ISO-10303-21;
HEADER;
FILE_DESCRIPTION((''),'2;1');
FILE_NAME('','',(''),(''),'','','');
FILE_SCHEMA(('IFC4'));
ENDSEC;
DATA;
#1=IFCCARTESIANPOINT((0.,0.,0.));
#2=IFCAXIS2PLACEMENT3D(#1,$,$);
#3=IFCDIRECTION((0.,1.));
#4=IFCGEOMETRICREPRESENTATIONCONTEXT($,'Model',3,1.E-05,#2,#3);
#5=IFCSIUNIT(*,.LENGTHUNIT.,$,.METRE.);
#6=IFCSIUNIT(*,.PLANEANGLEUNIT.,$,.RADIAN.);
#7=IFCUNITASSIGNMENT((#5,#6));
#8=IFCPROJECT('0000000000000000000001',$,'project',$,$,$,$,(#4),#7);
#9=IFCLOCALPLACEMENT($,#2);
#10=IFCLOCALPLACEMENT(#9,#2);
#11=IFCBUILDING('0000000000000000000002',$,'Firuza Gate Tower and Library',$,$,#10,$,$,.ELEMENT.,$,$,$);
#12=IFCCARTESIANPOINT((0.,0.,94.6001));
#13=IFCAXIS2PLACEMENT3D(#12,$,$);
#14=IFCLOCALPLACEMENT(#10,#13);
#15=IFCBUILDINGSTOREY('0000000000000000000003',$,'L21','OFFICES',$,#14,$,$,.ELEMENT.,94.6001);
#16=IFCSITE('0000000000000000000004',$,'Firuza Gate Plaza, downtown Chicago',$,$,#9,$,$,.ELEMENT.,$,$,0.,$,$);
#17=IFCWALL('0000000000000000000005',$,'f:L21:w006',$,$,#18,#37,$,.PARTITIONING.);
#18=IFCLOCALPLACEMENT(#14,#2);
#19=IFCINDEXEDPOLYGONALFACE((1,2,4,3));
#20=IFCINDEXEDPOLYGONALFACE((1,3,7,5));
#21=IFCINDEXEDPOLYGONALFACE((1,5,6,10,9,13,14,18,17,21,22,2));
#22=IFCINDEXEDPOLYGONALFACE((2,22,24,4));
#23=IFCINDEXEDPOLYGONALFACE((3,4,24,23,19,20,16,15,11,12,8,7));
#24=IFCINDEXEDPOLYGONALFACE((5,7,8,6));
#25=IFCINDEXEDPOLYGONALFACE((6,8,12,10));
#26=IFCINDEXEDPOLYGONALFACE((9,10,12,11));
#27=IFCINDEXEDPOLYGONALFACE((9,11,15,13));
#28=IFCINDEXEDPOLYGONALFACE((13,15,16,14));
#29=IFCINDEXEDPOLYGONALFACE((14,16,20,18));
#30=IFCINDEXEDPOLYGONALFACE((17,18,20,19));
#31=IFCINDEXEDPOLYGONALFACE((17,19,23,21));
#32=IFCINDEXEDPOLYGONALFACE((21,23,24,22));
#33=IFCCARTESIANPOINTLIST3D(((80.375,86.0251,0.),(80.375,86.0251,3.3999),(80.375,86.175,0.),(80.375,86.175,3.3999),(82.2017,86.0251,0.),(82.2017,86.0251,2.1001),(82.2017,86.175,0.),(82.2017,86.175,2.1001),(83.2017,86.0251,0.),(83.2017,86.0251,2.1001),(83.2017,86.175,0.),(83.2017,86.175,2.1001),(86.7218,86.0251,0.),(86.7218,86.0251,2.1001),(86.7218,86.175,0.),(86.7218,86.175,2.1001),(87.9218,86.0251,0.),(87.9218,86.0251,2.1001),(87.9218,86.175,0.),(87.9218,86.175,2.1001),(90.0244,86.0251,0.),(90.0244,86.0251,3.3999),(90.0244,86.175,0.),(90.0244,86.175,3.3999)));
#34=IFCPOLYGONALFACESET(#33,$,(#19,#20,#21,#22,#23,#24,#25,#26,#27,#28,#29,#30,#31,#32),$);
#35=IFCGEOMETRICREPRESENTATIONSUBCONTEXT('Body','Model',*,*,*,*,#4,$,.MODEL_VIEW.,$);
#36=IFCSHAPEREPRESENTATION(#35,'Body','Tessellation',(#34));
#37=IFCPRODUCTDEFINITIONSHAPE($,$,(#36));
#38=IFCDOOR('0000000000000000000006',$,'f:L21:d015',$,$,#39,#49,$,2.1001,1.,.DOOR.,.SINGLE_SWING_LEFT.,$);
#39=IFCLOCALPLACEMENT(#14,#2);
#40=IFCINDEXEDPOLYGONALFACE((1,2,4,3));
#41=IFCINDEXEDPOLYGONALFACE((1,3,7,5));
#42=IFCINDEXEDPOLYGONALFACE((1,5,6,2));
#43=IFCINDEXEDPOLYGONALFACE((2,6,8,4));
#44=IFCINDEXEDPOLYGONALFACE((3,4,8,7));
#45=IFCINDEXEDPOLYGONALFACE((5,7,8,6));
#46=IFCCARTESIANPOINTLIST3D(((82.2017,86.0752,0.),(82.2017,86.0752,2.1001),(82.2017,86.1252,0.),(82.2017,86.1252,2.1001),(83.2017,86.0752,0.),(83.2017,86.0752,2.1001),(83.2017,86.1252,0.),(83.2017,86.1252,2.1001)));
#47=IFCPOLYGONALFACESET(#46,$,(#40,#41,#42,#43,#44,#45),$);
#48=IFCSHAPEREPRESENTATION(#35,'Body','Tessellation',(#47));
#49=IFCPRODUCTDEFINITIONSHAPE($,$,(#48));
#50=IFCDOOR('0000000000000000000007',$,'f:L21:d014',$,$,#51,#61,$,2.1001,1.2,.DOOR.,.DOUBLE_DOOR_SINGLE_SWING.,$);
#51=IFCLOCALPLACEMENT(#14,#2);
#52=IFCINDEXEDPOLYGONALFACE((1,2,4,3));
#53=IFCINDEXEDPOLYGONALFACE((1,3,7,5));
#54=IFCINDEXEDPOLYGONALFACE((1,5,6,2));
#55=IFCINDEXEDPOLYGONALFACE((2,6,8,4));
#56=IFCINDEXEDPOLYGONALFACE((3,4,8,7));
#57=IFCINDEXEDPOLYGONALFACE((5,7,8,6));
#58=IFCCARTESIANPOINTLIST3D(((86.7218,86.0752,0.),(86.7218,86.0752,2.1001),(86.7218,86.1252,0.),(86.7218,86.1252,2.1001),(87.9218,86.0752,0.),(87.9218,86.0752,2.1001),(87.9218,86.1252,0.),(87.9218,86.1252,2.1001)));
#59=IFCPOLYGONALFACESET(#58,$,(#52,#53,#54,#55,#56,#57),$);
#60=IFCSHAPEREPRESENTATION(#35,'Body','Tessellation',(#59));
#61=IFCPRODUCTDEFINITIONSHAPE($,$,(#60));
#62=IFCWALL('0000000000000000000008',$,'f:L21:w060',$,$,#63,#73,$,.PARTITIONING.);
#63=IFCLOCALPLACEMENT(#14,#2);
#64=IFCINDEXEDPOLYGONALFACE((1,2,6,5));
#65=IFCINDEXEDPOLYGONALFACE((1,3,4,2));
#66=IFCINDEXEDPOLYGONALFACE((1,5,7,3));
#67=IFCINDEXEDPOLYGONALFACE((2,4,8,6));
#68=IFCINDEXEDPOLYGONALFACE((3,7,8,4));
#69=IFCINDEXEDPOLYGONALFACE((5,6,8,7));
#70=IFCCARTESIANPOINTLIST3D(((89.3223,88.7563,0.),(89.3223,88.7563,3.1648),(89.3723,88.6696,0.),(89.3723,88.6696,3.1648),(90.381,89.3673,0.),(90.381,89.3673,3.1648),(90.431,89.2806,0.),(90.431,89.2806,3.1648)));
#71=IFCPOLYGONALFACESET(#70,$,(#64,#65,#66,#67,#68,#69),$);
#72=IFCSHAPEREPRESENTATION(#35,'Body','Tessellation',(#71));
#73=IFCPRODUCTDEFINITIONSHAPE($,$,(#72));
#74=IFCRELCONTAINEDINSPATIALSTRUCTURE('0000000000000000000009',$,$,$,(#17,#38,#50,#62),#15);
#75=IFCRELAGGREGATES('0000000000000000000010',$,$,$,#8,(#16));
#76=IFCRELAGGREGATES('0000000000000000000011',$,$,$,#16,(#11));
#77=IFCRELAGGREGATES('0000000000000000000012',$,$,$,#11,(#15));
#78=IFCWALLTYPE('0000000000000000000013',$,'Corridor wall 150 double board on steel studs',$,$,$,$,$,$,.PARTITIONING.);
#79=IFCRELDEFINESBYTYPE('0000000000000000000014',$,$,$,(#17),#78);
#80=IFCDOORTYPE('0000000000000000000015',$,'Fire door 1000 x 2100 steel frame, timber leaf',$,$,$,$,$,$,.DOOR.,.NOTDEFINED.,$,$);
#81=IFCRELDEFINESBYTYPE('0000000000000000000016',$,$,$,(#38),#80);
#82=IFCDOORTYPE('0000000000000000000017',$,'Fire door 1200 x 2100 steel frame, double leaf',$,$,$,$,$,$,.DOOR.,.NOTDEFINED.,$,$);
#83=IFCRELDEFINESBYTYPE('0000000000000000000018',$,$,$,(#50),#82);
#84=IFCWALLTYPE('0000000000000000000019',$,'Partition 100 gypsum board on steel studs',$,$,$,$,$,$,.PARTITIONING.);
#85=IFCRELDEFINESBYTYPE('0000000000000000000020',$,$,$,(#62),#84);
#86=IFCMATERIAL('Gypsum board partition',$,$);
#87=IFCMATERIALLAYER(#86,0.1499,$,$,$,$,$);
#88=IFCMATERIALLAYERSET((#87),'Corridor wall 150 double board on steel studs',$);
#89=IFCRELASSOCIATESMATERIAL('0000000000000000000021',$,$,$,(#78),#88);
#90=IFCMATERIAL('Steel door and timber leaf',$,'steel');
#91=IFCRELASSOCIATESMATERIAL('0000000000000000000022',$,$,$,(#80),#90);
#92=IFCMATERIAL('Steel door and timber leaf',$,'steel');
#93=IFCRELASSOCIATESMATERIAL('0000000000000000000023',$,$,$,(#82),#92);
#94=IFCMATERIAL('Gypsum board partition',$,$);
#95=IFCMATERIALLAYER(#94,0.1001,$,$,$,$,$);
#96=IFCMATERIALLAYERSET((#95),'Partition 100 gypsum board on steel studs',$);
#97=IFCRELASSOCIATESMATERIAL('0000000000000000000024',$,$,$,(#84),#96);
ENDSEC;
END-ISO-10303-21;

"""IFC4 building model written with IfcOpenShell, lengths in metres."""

from ifc_helpers import new_model, si_unit, direction, frame, frame_2d, origin, place, context, subcontext, project, spatial, rectangle, extrude, material, layer, layer_set, type_object, element, fill, save


model = new_model("IFC4")

# Units and contexts
model_context = context("Model", 3, precision=1e-05, world=origin(), true_north=direction((0.0, 1.0)))
body_context = subcontext(model_context, "Body", "Model", "MODEL_VIEW")
ifc_project = project(units=[si_unit("LENGTHUNIT", "METRE"), si_unit("PLANEANGLEUNIT", "RADIAN")], contexts=[model_context])

# Site, building, storey
site_placement = place(None, origin())
site = spatial("IfcSite", under=ifc_project, at=site_placement, Name="Firuza Gate Plaza, downtown Chicago", CompositionType="ELEMENT", RefElevation=0.0)
building_placement = place(site_placement, origin())
building = spatial("IfcBuilding", under=site, at=building_placement, Name="Firuza Gate Tower and Library", CompositionType="ELEMENT")
storey_placement = place(building_placement, frame((0.0, 0.0, 94.6001)))
storey = spatial("IfcBuildingStorey", under=building, at=storey_placement, Name="L21", Description="OFFICES", CompositionType="ELEMENT", Elevation=94.6001)

# Wall, openings, doors
ifc_material_1 = material(Name="Gypsum board partition")
ifc_layer_1 = layer(ifc_material_1, 0.1499)
ifc_layer_set_1 = layer_set([ifc_layer_1], Name="Corridor wall 150 double board on steel studs")
wall_type_1 = type_object("IfcWallType", Name="Corridor wall 150 double board on steel studs", PredefinedType="PARTITIONING", material=ifc_layer_set_1)
wall_1_placement = place(storey_placement, frame((90.0244, 86.1001, 0.0), z_axis=(0.0, 0.0, 1.0), x_axis=(-1.0, 0.0, 0.0)))
wall_1 = element("IfcWall", 1, at=wall_1_placement, inside=storey, type_object=wall_type_1, Name="f:L21:w006", PredefinedType="PARTITIONING", context=body_context, shape_type="SweptSolid", body=[
    extrude(rectangle(XDim=9.6494, YDim=0.1499, at=frame_2d((4.8247, 0.0))), origin(), (0.0, 0.0, 1.0), 3.3999),
])
opening_1_placement = place(wall_1_placement, frame((2.1025, 0.0, 0.0)))
opening_1 = element("IfcOpeningElement", 2, at=opening_1_placement, cuts=wall_1, PredefinedType="OPENING", context=body_context, shape_type="SweptSolid", body=[
    extrude(rectangle(XDim=1.2, YDim=2.1001, at=frame_2d((0.6001, 1.05))), frame((0.0, 0.085, 0.0), z_axis=(0.0, -1.0, 0.0), x_axis=(1.0, 0.0, 0.0)), (0.0, 0.0, 1.0), 0.1699),
])
opening_2_placement = place(wall_1_placement, frame((6.8228, 0.0, 0.0)))
opening_2 = element("IfcOpeningElement", 3, at=opening_2_placement, cuts=wall_1, PredefinedType="OPENING", context=body_context, shape_type="SweptSolid", body=[
    extrude(rectangle(XDim=1.0, YDim=2.1001, at=frame_2d((0.5, 1.05))), frame((0.0, 0.085, 0.0), z_axis=(0.0, -1.0, 0.0), x_axis=(1.0, 0.0, 0.0)), (0.0, 0.0, 1.0), 0.1699),
])
ifc_material_2 = material(Name="Steel door and timber leaf", Category="steel")
door_type_1 = type_object("IfcDoorType", Name="Fire door 1000 x 2100 steel frame, timber leaf", OperationType="NOTDEFINED", PredefinedType="DOOR", material=ifc_material_2)
door_1_placement = place(opening_2_placement, origin())
door_1 = element("IfcDoor", 4, at=door_1_placement, inside=storey, type_object=door_type_1, Name="f:L21:d015", OperationType="SINGLE_SWING_LEFT", OverallHeight=2.1001, OverallWidth=1.0, PredefinedType="DOOR", context=body_context, shape_type="SweptSolid", body=[
    extrude(rectangle(XDim=1.0, YDim=2.1001, at=frame_2d((0.5, 1.05))), frame((0.0, 0.0249, 0.0), z_axis=(0.0, -1.0, 0.0), x_axis=(1.0, 0.0, 0.0)), (0.0, 0.0, 1.0), 0.05),
])
fill(opening_2, door_1)
ifc_material_3 = material(Name="Steel door and timber leaf", Category="steel")
door_type_2 = type_object("IfcDoorType", Name="Fire door 1200 x 2100 steel frame, double leaf", OperationType="NOTDEFINED", PredefinedType="DOOR", material=ifc_material_3)
door_2_placement = place(opening_1_placement, origin())
door_2 = element("IfcDoor", 5, at=door_2_placement, inside=storey, type_object=door_type_2, Name="f:L21:d014", OperationType="DOUBLE_DOOR_SINGLE_SWING", OverallHeight=2.1001, OverallWidth=1.2, PredefinedType="DOOR", context=body_context, shape_type="SweptSolid", body=[
    extrude(rectangle(XDim=1.2, YDim=2.1001, at=frame_2d((0.6001, 1.05))), frame((0.0, 0.0249, 0.0), z_axis=(0.0, -1.0, 0.0), x_axis=(1.0, 0.0, 0.0)), (0.0, 0.0, 1.0), 0.05),
])
fill(opening_1, door_2)

# Wall
ifc_material_4 = material(Name="Gypsum board partition")
ifc_layer_2 = layer(ifc_material_4, 0.1001)
ifc_layer_set_2 = layer_set([ifc_layer_2], Name="Partition 100 gypsum board on steel studs")
wall_type_2 = type_object("IfcWallType", Name="Partition 100 gypsum board on steel studs", PredefinedType="PARTITIONING", material=ifc_layer_set_2)
wall_2_placement = place(storey_placement, frame((89.3472, 88.7129, 0.0), z_axis=(0.0, 0.0, 1.0), x_axis=(0.866109, 0.499855, 0.0)))
element("IfcWall", 6, at=wall_2_placement, inside=storey, type_object=wall_type_2, Name="f:L21:w060", PredefinedType="PARTITIONING", context=body_context, shape_type="SweptSolid", body=[
    extrude(rectangle(XDim=1.2224, YDim=0.1001, at=frame_2d((0.6113, 0.0))), origin(), (0.0, 0.0, 1.0), 3.1648),
])

save(model, "model.ifc")
